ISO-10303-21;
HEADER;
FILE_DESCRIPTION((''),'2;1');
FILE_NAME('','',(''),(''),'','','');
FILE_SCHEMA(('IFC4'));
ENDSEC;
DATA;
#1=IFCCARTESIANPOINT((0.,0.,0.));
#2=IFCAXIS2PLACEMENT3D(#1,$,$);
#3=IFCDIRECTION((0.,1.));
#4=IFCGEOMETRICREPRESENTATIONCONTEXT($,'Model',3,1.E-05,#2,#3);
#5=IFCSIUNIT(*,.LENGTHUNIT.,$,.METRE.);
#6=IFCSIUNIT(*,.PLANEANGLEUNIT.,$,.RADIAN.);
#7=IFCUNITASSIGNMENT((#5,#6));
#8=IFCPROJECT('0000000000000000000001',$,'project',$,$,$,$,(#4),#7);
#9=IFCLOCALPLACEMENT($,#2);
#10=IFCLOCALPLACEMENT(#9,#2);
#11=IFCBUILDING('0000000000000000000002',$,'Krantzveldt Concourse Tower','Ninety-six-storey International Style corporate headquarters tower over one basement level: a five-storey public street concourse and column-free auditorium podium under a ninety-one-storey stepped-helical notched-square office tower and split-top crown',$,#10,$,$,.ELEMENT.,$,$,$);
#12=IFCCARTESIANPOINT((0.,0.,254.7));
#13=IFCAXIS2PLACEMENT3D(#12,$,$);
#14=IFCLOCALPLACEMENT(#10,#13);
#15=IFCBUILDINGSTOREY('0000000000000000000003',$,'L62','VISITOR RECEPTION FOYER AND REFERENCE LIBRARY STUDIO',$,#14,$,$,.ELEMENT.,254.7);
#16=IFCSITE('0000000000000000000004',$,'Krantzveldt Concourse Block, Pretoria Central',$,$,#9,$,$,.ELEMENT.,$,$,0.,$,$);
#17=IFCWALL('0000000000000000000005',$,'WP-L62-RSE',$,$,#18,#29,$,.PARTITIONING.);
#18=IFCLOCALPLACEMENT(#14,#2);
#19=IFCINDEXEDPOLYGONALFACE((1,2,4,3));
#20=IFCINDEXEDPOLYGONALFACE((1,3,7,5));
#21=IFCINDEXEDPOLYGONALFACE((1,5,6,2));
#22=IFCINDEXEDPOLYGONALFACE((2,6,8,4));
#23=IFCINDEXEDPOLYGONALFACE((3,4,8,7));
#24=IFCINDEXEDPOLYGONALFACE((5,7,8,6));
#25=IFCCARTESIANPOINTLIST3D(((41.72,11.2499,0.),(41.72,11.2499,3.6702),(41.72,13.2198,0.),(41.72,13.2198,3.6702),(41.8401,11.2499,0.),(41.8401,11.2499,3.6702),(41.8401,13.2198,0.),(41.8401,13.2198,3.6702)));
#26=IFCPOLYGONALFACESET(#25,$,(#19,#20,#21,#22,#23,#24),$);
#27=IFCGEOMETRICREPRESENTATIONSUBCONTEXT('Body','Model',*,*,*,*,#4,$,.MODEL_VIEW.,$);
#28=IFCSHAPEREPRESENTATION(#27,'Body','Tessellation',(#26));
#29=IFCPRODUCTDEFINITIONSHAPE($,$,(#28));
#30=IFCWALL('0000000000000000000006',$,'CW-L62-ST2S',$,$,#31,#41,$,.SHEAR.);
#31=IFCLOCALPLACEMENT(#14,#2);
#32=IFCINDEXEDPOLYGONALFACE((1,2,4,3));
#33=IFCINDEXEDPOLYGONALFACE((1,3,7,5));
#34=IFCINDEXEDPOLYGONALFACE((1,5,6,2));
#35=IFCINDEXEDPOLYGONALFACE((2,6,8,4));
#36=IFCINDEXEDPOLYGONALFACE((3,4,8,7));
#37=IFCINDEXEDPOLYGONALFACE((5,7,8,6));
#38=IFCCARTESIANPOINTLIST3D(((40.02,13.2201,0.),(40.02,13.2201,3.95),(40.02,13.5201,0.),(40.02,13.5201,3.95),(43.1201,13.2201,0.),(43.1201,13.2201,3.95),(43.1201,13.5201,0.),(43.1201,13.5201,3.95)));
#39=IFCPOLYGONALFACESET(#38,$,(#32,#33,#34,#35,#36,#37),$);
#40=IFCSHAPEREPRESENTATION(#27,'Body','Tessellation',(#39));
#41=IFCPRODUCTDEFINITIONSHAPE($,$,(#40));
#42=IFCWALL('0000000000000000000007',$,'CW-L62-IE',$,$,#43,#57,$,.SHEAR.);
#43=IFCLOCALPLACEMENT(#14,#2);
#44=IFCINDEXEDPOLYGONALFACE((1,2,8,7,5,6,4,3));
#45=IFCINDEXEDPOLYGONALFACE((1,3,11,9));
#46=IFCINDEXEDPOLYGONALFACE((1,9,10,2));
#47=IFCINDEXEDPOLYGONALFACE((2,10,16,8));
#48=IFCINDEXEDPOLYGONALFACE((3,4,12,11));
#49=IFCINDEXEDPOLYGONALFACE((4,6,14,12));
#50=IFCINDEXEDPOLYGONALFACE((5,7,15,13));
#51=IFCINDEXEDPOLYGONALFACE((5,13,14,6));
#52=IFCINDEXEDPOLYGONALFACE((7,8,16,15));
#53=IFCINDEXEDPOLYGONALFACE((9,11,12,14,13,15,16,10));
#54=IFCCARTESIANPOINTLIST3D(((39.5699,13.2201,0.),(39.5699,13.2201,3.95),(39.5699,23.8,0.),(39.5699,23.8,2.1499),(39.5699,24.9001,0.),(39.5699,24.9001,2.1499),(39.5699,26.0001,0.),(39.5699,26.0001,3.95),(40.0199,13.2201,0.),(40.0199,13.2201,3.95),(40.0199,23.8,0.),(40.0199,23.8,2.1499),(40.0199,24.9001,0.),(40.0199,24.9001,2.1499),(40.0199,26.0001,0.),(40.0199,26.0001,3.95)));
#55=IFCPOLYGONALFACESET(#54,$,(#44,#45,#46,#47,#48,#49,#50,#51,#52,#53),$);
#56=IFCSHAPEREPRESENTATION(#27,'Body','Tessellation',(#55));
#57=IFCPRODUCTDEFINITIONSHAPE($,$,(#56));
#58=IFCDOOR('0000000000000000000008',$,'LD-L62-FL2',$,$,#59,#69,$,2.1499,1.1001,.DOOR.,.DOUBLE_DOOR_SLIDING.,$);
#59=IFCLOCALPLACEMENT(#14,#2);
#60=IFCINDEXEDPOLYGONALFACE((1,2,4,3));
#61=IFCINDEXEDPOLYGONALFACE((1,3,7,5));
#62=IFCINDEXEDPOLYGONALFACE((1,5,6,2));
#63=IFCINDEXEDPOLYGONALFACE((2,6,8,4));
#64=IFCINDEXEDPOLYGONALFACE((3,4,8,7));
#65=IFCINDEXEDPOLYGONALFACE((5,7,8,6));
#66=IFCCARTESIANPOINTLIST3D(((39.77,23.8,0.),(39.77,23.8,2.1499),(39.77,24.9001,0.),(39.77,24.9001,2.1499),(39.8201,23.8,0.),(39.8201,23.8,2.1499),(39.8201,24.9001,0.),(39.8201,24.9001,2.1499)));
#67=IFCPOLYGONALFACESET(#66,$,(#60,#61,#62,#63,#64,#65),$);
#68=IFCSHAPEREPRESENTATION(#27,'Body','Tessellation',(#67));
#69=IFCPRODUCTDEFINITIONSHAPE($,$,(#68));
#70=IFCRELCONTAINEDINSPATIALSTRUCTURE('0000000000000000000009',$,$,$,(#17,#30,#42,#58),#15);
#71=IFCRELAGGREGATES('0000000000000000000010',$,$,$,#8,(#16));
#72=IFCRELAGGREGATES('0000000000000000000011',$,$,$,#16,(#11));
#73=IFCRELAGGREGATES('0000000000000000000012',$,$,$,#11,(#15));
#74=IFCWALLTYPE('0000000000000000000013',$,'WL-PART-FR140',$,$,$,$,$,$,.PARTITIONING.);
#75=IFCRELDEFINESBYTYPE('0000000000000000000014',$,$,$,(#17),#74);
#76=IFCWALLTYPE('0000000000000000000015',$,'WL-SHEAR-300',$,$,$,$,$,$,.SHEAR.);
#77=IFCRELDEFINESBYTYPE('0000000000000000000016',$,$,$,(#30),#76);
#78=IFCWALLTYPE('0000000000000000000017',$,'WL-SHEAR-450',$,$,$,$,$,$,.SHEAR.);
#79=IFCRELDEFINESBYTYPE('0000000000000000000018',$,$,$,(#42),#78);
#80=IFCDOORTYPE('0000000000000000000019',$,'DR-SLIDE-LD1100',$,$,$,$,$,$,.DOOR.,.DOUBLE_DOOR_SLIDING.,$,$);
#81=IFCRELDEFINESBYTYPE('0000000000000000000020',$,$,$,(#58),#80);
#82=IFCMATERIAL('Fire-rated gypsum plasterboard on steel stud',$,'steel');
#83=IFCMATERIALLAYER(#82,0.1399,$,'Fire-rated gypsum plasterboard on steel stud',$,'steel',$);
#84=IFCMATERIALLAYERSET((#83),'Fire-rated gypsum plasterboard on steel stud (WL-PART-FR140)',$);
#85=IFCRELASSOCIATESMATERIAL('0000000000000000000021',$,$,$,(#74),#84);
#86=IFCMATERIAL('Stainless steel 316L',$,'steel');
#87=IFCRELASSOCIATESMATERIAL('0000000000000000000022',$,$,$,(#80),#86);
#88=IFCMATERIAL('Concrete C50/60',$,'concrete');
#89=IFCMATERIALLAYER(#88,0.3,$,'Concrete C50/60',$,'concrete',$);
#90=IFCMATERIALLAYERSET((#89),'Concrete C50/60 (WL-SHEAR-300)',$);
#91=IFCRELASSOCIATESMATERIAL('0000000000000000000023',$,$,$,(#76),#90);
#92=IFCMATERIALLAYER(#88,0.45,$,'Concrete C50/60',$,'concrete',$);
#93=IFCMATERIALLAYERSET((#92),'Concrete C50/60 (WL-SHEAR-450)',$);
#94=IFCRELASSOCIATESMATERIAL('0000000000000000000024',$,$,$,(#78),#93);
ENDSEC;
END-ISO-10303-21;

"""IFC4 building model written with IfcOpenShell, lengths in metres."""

from ifc_helpers import new_model, si_unit, direction, frame, frame_2d, origin, place, context, subcontext, project, spatial, rectangle, extrude, material, layer, layer_set, type_object, element, fill, save


model = new_model("IFC4")

# Units and contexts
model_context = context("Model", 3, precision=1e-05, world=origin(), true_north=direction((0.0, 1.0)))
body_context = subcontext(model_context, "Body", "Model", "MODEL_VIEW")
ifc_project = project(units=[si_unit("LENGTHUNIT", "METRE"), si_unit("PLANEANGLEUNIT", "RADIAN")], contexts=[model_context])

# Site, building, storey
site_placement = place(None, origin())
site = spatial("IfcSite", under=ifc_project, at=site_placement, Name="Krantzveldt Concourse Block, Pretoria Central", CompositionType="ELEMENT", RefElevation=0.0)
building_placement = place(site_placement, origin())
building = spatial("IfcBuilding", under=site, at=building_placement, Name="Krantzveldt Concourse Tower", Description="Ninety-six-storey International Style corporate headquarters tower over one basement level: a five-storey public street concourse and column-free auditorium podium under a ninety-one-storey stepped-helical notched-square office tower and split-top crown", CompositionType="ELEMENT")
storey_placement = place(building_placement, frame((0.0, 0.0, 254.7)))
storey = spatial("IfcBuildingStorey", under=building, at=storey_placement, Name="L62", Description="VISITOR RECEPTION FOYER AND REFERENCE LIBRARY STUDIO", CompositionType="ELEMENT", Elevation=254.7)

# Shared definitions
ifc_material_1 = material(Name="Fire-rated gypsum plasterboard on steel stud", Category="steel")

# Shared definitions
ifc_layer_1 = layer(ifc_material_1, 0.1399, Name="Fire-rated gypsum plasterboard on steel stud", Category="steel")
ifc_layer_set_1 = layer_set([ifc_layer_1], Name="Fire-rated gypsum plasterboard on steel stud (WL-PART-FR140)")
wall_type_1 = type_object("IfcWallType", Name="WL-PART-FR140", PredefinedType="PARTITIONING", material=ifc_layer_set_1)

# Shared definitions
ifc_material_2 = material(Name="Stainless steel 316L", Category="steel")
door_type_1 = type_object("IfcDoorType", Name="DR-SLIDE-LD1100", OperationType="DOUBLE_DOOR_SLIDING", PredefinedType="DOOR", material=ifc_material_2)

# Walls
wall_1_placement = place(storey_placement, frame((41.78, 11.25, 0.0), z_axis=(0.0, 0.0, 1.0), x_axis=(0.0, 1.0, 0.0)))
element("IfcWall", 1, at=wall_1_placement, inside=storey, type_object=wall_type_1, Name="WP-L62-RSE", PredefinedType="PARTITIONING", context=body_context, shape_type="SweptSolid", body=[
    extrude(rectangle(XDim=1.97, YDim=0.1201, at=frame_2d((0.9849, 0.0))), origin(), (0.0, 0.0, 1.0), 3.6702),
])
ifc_material_3 = material(Name="Concrete C50/60", Category="concrete")
ifc_layer_2 = layer(ifc_material_3, 0.3, Name="Concrete C50/60", Category="concrete")
ifc_layer_set_2 = layer_set([ifc_layer_2], Name="Concrete C50/60 (WL-SHEAR-300)")
wall_type_2 = type_object("IfcWallType", Name="WL-SHEAR-300", PredefinedType="SHEAR", material=ifc_layer_set_2)
wall_2_placement = place(storey_placement, frame((40.02, 13.3701, 0.0), z_axis=(0.0, 0.0, 1.0), x_axis=(1.0, 0.0, 0.0)))
element("IfcWall", 2, at=wall_2_placement, inside=storey, type_object=wall_type_2, Name="CW-L62-ST2S", PredefinedType="SHEAR", context=body_context, shape_type="SweptSolid", body=[
    extrude(rectangle(XDim=3.1001, YDim=0.3, at=frame_2d((1.55, 0.0))), origin(), (0.0, 0.0, 1.0), 3.95),
])

# Wall, opening, door
ifc_layer_3 = layer(ifc_material_3, 0.45, Name="Concrete C50/60", Category="concrete")
ifc_layer_set_3 = layer_set([ifc_layer_3], Name="Concrete C50/60 (WL-SHEAR-450)")
wall_type_3 = type_object("IfcWallType", Name="WL-SHEAR-450", PredefinedType="SHEAR", material=ifc_layer_set_3)
wall_3_placement = place(storey_placement, frame((39.7949, 13.22, 0.0), z_axis=(0.0, 0.0, 1.0), x_axis=(0.0, 1.0, 0.0)))
wall_3 = element("IfcWall", 3, at=wall_3_placement, inside=storey, type_object=wall_type_3, Name="CW-L62-IE", PredefinedType="SHEAR", context=body_context, shape_type="SweptSolid", body=[
    extrude(rectangle(XDim=12.78, YDim=0.45, at=frame_2d((6.3901, 0.0))), origin(), (0.0, 0.0, 1.0), 3.95),
])
opening_1_placement = place(wall_3_placement, frame((10.5801, 0.0, 0.0)))
opening_1 = element("IfcOpeningElement", 4, at=opening_1_placement, cuts=wall_3, PredefinedType="OPENING", context=body_context, shape_type="SweptSolid", body=[
    extrude(rectangle(XDim=1.1001, YDim=2.1499, at=frame_2d((0.55, 1.075))), frame((0.0, 0.2349, 0.0), z_axis=(0.0, -1.0, 0.0), x_axis=(1.0, 0.0, 0.0)), (0.0, 0.0, 1.0), 0.47),
])
door_1_placement = place(opening_1_placement, origin())
door_1 = element("IfcDoor", 5, at=door_1_placement, inside=storey, type_object=door_type_1, Name="LD-L62-FL2", OperationType="DOUBLE_DOOR_SLIDING", OverallHeight=2.1499, OverallWidth=1.1001, PredefinedType="DOOR", context=body_context, shape_type="SweptSolid", body=[
    extrude(rectangle(XDim=1.1001, YDim=2.1499, at=frame_2d((0.55, 1.075))), frame((0.0, 0.0249, 0.0), z_axis=(0.0, -1.0, 0.0), x_axis=(1.0, 0.0, 0.0)), (0.0, 0.0, 1.0), 0.05),
])
fill(opening_1, door_1)

save(model, "model.ifc")
